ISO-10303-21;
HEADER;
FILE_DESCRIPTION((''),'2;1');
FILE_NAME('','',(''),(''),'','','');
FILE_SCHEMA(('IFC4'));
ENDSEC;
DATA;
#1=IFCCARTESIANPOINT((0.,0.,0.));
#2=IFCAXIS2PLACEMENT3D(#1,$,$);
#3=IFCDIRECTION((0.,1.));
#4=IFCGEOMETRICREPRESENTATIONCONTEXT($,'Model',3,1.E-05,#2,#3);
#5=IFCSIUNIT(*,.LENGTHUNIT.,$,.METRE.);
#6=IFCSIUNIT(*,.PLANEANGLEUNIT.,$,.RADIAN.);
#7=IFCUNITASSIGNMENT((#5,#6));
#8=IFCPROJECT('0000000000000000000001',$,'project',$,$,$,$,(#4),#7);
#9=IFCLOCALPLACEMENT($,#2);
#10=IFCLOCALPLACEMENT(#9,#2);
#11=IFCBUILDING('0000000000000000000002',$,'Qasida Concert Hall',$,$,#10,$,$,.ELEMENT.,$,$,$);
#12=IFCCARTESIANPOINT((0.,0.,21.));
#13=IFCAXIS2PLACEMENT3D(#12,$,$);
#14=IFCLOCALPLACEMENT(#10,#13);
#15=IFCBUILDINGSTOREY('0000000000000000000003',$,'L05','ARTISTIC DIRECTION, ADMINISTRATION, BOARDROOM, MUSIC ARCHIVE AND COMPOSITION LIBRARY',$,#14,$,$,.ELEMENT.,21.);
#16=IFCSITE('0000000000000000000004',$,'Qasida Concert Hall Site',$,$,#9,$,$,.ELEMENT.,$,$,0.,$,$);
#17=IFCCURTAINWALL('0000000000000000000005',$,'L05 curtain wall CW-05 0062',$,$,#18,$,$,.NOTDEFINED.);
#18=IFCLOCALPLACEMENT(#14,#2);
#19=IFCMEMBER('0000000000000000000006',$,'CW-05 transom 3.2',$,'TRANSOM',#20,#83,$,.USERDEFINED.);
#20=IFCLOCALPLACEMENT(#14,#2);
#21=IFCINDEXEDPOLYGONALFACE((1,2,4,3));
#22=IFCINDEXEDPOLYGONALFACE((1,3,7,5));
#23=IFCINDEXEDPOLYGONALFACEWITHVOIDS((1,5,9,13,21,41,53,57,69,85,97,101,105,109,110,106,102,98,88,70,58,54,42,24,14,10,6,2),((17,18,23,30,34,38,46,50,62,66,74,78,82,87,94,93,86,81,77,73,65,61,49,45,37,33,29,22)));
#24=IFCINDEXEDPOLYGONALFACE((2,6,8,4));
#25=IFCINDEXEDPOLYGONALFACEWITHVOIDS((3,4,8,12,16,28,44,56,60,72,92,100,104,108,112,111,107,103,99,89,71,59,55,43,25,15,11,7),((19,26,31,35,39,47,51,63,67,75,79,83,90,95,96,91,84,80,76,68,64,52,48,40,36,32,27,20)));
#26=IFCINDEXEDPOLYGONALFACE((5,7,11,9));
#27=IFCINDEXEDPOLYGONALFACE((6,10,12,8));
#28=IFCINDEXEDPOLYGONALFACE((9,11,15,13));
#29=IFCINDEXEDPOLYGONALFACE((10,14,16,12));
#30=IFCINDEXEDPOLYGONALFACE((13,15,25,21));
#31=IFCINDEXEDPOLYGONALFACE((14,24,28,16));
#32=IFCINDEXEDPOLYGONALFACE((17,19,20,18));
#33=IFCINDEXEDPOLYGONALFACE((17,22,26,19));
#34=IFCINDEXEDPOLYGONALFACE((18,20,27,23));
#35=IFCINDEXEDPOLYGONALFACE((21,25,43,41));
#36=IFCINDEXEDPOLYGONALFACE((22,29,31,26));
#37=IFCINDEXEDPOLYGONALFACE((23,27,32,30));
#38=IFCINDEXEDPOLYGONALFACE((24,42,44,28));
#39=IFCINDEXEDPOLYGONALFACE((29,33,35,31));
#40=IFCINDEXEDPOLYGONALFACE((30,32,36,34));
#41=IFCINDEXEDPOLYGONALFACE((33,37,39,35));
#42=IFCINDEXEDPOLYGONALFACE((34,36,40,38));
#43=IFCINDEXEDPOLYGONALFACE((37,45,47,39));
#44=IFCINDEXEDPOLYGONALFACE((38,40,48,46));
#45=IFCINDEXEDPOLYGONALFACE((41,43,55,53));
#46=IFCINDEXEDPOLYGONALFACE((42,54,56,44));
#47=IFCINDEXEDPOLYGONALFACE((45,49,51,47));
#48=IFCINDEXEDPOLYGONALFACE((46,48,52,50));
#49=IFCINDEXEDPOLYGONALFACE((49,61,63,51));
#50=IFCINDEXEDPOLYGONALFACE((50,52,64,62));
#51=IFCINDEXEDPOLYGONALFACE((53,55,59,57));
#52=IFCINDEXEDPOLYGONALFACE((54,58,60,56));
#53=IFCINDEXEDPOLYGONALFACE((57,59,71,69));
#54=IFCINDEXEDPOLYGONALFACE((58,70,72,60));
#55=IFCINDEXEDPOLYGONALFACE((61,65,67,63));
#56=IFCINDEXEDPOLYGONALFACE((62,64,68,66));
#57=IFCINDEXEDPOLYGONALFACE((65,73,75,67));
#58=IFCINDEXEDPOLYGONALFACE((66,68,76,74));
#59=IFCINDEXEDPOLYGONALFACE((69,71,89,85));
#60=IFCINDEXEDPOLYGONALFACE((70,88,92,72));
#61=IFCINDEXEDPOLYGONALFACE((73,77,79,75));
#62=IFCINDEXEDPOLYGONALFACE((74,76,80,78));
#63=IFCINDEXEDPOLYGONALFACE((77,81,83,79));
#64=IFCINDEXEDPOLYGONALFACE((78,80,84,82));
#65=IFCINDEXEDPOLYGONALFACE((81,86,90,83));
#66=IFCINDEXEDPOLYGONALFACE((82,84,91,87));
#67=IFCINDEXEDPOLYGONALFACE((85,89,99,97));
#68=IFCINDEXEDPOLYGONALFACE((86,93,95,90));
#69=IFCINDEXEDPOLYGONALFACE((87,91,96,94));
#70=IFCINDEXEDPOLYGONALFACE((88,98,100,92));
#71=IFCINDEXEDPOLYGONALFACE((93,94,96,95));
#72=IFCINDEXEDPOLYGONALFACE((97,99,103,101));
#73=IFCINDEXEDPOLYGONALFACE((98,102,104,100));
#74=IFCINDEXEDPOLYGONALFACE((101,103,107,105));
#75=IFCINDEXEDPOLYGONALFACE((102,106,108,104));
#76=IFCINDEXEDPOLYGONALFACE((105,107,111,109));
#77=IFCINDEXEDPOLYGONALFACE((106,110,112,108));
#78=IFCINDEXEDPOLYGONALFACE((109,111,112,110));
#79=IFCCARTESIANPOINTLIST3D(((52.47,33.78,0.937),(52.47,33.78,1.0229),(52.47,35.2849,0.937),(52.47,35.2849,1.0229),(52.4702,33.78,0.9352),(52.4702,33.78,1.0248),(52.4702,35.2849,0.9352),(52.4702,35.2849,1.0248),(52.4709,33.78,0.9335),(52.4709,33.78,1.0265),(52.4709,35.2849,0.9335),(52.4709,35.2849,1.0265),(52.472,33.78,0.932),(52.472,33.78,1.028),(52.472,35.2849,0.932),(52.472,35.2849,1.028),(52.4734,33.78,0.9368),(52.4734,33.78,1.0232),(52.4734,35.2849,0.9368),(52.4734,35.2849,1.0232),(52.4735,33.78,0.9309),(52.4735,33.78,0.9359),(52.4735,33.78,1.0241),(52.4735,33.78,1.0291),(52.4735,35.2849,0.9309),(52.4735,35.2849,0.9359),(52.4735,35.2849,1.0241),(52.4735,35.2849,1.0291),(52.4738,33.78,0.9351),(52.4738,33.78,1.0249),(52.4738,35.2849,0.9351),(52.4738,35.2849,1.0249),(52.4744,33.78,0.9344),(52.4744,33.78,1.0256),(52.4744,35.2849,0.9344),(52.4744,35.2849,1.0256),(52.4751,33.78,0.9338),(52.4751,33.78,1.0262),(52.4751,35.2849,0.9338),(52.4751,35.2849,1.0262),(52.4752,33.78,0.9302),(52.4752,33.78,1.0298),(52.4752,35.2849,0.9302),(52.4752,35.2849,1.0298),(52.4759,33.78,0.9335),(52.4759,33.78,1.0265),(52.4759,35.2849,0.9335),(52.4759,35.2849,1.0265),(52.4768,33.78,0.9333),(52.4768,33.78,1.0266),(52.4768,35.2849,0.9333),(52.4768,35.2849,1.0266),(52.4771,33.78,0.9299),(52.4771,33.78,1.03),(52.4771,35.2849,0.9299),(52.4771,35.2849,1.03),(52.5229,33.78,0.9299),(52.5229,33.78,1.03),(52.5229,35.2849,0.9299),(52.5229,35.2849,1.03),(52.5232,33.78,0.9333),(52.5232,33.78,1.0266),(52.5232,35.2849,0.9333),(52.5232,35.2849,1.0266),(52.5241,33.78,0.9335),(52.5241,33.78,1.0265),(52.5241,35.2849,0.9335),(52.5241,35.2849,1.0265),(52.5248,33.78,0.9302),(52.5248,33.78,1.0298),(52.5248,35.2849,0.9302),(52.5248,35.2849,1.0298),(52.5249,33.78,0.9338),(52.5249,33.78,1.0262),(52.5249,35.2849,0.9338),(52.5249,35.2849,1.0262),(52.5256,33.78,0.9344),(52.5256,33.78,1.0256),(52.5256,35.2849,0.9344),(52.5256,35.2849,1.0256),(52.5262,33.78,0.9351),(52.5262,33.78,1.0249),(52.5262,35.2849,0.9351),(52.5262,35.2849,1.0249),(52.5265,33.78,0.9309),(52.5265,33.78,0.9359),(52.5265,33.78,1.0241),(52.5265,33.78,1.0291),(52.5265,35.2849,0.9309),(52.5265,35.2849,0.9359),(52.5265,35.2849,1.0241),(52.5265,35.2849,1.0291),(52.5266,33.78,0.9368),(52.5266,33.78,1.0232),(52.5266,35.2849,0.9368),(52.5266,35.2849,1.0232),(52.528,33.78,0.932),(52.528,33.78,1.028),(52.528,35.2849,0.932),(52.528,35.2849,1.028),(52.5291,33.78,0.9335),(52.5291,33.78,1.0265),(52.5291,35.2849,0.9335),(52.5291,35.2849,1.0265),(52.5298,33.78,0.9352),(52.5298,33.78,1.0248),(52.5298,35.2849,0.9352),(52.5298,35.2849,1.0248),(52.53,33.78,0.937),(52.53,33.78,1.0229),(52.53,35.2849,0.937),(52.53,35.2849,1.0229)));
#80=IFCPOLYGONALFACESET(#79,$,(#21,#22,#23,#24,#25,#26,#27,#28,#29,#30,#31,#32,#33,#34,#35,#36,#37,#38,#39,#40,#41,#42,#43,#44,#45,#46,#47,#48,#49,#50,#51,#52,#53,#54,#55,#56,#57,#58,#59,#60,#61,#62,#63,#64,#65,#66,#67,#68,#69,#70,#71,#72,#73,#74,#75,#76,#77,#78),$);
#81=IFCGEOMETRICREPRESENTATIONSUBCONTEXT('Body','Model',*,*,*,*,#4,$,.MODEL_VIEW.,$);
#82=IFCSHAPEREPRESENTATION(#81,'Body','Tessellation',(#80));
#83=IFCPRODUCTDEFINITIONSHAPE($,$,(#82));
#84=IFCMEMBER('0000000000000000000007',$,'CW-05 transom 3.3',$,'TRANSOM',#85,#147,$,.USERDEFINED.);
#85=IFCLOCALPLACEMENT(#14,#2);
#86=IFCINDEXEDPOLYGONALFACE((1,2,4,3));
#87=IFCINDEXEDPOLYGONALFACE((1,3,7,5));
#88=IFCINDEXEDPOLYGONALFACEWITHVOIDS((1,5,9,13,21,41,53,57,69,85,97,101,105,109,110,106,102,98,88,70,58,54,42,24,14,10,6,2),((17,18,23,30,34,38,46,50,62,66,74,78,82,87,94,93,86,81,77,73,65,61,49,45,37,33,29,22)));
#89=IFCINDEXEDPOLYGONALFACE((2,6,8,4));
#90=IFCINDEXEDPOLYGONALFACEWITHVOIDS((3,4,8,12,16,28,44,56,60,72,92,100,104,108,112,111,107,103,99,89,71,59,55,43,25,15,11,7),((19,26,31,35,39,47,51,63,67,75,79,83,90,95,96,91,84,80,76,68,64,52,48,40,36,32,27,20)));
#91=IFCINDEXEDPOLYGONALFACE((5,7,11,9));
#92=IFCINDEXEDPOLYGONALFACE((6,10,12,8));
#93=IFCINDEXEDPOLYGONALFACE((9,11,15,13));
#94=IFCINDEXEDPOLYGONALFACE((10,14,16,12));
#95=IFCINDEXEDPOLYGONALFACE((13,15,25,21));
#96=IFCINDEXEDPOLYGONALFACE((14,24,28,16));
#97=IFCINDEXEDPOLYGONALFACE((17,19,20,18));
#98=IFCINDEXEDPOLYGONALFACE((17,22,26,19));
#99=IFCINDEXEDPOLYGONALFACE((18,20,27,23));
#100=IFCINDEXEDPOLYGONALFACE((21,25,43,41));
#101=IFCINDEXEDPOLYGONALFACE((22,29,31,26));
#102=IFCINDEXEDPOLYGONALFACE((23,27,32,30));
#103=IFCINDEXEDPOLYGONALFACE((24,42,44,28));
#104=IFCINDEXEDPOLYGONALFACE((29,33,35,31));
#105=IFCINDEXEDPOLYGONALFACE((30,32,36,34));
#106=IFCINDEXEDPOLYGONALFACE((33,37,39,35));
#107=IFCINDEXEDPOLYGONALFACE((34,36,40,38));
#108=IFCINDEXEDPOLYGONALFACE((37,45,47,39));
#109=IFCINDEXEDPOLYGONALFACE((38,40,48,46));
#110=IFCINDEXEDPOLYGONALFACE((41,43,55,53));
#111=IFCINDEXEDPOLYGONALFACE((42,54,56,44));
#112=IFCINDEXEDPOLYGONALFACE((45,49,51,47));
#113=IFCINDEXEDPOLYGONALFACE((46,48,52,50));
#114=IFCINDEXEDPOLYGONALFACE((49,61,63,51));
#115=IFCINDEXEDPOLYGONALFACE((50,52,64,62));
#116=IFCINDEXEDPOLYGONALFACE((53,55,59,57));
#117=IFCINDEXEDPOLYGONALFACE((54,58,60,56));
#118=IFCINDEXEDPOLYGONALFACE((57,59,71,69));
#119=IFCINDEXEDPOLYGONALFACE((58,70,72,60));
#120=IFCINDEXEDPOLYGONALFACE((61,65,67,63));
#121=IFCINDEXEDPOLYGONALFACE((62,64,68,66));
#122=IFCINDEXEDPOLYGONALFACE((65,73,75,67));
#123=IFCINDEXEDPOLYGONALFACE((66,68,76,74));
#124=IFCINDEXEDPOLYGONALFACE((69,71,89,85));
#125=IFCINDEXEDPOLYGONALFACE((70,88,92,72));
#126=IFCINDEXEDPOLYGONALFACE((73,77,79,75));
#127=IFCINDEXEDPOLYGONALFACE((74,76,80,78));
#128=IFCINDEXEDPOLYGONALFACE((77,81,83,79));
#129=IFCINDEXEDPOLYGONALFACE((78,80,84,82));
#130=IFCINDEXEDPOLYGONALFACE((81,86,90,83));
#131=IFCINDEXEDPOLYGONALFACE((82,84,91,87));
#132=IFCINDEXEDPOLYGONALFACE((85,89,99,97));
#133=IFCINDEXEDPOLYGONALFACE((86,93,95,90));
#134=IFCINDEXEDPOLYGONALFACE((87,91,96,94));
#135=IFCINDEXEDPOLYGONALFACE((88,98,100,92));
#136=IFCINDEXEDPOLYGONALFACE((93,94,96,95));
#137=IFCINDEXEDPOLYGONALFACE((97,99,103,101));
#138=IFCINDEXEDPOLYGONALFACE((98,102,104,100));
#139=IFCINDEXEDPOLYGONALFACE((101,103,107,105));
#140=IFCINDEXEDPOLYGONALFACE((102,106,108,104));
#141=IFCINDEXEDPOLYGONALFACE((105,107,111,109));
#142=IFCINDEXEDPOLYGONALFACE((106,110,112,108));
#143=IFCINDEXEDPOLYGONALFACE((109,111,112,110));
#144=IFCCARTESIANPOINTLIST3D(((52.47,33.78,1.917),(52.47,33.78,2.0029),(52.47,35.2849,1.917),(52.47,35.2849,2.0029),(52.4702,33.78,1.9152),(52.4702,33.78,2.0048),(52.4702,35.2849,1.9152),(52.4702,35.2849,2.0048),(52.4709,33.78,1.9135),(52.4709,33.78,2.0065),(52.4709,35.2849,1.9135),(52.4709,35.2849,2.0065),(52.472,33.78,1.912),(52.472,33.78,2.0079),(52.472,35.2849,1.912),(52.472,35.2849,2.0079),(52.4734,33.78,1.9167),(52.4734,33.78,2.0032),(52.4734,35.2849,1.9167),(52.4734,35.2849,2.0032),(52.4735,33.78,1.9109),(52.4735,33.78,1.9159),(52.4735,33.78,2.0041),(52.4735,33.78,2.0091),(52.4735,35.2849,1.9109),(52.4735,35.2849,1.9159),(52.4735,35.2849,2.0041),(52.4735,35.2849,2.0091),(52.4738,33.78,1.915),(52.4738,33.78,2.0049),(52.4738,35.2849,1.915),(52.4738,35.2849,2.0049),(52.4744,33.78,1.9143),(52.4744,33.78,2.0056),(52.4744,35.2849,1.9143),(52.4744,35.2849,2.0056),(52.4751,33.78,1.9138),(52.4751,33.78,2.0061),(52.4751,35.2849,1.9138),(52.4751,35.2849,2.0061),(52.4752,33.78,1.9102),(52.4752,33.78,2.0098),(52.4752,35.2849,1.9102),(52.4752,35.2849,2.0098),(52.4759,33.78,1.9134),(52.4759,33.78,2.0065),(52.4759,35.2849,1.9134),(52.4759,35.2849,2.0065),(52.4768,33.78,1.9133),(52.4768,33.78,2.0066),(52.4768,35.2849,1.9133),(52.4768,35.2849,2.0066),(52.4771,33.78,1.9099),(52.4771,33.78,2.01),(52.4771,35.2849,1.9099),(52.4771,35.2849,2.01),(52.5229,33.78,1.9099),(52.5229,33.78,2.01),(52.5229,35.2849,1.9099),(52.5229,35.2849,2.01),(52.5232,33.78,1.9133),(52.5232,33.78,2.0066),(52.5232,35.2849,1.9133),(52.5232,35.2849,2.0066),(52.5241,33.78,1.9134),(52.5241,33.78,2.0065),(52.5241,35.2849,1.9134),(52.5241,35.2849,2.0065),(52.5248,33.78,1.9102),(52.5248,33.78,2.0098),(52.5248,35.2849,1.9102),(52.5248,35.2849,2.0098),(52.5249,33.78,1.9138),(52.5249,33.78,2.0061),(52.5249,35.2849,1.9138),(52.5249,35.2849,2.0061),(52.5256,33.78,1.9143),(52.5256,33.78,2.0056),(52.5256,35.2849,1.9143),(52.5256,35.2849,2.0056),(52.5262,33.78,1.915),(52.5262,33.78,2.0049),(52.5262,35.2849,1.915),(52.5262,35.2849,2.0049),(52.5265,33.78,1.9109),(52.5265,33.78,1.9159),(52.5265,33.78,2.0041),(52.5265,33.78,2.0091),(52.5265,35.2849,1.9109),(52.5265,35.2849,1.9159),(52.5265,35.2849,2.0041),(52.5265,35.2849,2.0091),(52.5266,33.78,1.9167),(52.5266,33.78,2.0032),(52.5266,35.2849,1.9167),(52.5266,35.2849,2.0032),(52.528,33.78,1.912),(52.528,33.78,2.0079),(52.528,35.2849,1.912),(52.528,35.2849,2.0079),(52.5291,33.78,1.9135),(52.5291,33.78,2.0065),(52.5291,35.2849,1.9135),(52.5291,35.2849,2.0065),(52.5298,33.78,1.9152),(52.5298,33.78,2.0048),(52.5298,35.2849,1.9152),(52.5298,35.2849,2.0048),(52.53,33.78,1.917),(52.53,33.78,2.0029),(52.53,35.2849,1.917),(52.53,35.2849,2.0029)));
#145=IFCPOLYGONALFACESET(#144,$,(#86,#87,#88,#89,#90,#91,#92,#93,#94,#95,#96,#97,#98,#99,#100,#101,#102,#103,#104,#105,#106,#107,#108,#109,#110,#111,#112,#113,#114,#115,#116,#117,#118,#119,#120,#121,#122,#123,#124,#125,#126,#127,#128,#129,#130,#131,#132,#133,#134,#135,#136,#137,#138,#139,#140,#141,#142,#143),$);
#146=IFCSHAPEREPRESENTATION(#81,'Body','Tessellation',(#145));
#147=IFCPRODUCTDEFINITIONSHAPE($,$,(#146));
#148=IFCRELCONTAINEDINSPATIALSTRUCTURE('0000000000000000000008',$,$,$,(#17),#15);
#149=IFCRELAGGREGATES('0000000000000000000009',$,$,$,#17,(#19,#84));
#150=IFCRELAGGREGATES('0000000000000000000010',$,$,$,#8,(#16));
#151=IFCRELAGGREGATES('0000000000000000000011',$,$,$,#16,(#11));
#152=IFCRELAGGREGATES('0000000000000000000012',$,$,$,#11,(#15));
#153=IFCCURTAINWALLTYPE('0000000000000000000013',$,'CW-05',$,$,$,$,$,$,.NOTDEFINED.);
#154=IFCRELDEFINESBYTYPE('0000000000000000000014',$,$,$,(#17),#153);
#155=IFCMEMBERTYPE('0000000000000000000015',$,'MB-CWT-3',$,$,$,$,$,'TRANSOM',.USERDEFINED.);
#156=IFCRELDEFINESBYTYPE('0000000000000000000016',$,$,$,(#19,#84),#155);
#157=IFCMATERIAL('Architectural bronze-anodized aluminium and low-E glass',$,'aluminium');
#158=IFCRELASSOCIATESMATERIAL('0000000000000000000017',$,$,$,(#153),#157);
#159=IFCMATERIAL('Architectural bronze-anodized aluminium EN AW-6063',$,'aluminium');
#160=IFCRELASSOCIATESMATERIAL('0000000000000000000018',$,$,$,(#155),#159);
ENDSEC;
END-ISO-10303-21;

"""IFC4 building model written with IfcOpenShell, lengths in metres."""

from ifc_helpers import new_model, si_unit, direction, frame, origin, origin_2d, place, context, subcontext, project, spatial, hollow_rectangle, extrude, material, material_profile, profile_set, type_object, element, aggregate, save


model = new_model("IFC4")

# Units and contexts
model_context = context("Model", 3, precision=1e-05, world=origin(), true_north=direction((0.0, 1.0)))
body_context = subcontext(model_context, "Body", "Model", "MODEL_VIEW")
ifc_project = project(units=[si_unit("LENGTHUNIT", "METRE"), si_unit("PLANEANGLEUNIT", "RADIAN")], contexts=[model_context])

# Site, building, storey
site_placement = place(None, origin())
site = spatial("IfcSite", under=ifc_project, at=site_placement, Name="Qasida Concert Hall Site", CompositionType="ELEMENT", RefElevation=0.0)
building_placement = place(site_placement, origin())
building = spatial("IfcBuilding", under=site, at=building_placement, Name="Qasida Concert Hall", CompositionType="ELEMENT")
storey_placement = place(building_placement, frame((0.0, 0.0, 21.0)))
storey = spatial("IfcBuildingStorey", under=building, at=storey_placement, Name="L05", Description="ARTISTIC DIRECTION, ADMINISTRATION, BOARDROOM, MUSIC ARCHIVE AND COMPOSITION LIBRARY", CompositionType="ELEMENT", Elevation=21.0)

# Shared definitions
ifc_material_1 = material(Name="Architectural bronze-anodized aluminium and low-E glass", Category="aluminium")
curtain_wall_type = type_object("IfcCurtainWallType", Name="CW-05", PredefinedType="NOTDEFINED", material=ifc_material_1)
ifc_material_2 = material(Name="Architectural bronze-anodized aluminium EN AW-6063", Category="aluminium")

# Curtain wall
curtain_wall_1_placement = place(storey_placement, origin())
curtain_wall_1 = element("IfcCurtainWall", 1, at=curtain_wall_1_placement, inside=storey, type_object=curtain_wall_type, Name="L05 curtain wall CW-05 0062", PredefinedType="NOTDEFINED")

# Members
ifc_material_profile_1 = material_profile(ifc_material_2, hollow_rectangle(XDim=0.0601, YDim=0.1001, WallThickness=0.0034, InnerFilletRadius=0.0034, OuterFilletRadius=0.0071, at=origin_2d()), Name="CWT 100x60x3.5")
ifc_profile_set_1 = profile_set([ifc_material_profile_1], Name="Architectural bronze-anodized aluminium EN AW-6063")
member_type_1 = type_object("IfcMemberType", Name="MB-CWT-3", ElementType="TRANSOM", PredefinedType="USERDEFINED", material=ifc_profile_set_1)
member_1_placement = place(storey_placement, frame((52.5, 33.78, 0.98), z_axis=(0.0, 1.0, 0.0), x_axis=(-1.0, 0.0, 0.0)))
member_1 = element("IfcMember", 2, at=member_1_placement, type_object=member_type_1, Name="CW-05 transom 3.2", ObjectType="TRANSOM", PredefinedType="USERDEFINED", context=body_context, shape_type="SweptSolid", body=[
    extrude(hollow_rectangle(XDim=0.0601, YDim=0.1001, WallThickness=0.0034, InnerFilletRadius=0.0034, OuterFilletRadius=0.0071, at=origin_2d()), origin(), (0.0, 0.0, 1.0), 1.5049),
])
member_2_placement = place(storey_placement, frame((52.5, 33.78, 1.96), z_axis=(0.0, 1.0, 0.0), x_axis=(-1.0, 0.0, 0.0)))
member_2 = element("IfcMember", 3, at=member_2_placement, type_object=member_type_1, Name="CW-05 transom 3.3", ObjectType="TRANSOM", PredefinedType="USERDEFINED", context=body_context, shape_type="SweptSolid", body=[
    extrude(hollow_rectangle(XDim=0.0601, YDim=0.1001, WallThickness=0.0034, InnerFilletRadius=0.0034, OuterFilletRadius=0.0071, at=origin_2d()), origin(), (0.0, 0.0, 1.0), 1.5049),
])

aggregate(curtain_wall_1, [member_1, member_2])

save(model, "model.ifc")
